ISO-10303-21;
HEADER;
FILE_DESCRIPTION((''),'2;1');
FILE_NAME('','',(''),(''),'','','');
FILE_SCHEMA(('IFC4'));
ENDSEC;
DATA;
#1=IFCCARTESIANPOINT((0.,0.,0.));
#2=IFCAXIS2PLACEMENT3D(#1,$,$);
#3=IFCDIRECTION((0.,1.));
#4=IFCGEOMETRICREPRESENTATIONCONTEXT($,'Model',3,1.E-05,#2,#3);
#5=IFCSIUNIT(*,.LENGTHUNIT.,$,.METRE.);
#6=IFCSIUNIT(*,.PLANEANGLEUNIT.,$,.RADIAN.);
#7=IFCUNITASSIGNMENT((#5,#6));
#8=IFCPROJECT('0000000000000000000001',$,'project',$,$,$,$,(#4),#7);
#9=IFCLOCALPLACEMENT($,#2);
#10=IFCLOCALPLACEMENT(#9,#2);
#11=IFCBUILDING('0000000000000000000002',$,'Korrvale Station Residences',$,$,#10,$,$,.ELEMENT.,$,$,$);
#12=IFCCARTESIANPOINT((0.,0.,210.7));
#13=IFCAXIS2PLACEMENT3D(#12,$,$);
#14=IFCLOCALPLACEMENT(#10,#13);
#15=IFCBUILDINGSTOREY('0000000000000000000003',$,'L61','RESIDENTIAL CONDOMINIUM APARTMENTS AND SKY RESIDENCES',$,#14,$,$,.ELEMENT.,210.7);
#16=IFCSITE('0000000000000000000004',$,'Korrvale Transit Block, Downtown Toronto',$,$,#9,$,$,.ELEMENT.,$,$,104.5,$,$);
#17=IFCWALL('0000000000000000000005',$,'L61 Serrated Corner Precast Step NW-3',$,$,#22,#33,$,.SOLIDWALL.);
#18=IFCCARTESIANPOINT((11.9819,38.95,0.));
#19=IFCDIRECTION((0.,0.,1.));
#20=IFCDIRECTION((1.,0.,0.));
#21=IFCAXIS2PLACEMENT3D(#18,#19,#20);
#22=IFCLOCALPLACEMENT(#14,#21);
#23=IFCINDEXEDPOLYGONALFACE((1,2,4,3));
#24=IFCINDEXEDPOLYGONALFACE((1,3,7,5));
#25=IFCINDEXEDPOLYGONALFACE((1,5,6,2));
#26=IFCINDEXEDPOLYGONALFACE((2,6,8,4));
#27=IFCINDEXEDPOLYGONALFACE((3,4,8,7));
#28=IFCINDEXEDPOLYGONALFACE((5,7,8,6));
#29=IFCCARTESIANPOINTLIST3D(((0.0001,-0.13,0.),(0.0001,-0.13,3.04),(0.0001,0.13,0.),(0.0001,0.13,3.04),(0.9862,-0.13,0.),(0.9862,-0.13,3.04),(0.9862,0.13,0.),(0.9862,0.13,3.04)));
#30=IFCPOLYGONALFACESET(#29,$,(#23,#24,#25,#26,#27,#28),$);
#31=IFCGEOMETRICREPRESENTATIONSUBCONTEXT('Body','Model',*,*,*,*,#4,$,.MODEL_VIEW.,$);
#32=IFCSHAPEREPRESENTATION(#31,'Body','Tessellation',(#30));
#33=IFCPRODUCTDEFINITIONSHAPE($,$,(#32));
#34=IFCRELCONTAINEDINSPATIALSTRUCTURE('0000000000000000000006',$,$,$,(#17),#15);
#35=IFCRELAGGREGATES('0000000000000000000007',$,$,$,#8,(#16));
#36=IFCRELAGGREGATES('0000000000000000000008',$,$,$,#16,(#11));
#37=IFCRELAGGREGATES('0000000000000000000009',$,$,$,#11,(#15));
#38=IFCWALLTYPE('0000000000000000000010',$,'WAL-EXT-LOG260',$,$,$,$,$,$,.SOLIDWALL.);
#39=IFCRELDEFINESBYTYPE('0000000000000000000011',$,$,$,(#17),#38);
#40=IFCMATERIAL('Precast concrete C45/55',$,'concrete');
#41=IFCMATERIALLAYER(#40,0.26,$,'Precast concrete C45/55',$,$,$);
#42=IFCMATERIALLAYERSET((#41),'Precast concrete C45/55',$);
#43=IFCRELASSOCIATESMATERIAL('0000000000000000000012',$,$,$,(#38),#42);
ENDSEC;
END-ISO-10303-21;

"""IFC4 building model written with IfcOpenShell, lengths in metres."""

from ifc_helpers import new_model, si_unit, direction, frame, frame_2d, origin, place, context, subcontext, project, spatial, rectangle, extrude, material, layer, layer_set, type_object, element, save


model = new_model("IFC4")

# Units and contexts
model_context = context("Model", 3, precision=1e-05, world=origin(), true_north=direction((0.0, 1.0)))
body_context = subcontext(model_context, "Body", "Model", "MODEL_VIEW")
ifc_project = project(units=[si_unit("LENGTHUNIT", "METRE"), si_unit("PLANEANGLEUNIT", "RADIAN")], contexts=[model_context])

# Site, building, storey
site_placement = place(None, origin())
site = spatial("IfcSite", under=ifc_project, at=site_placement, Name="Korrvale Transit Block, Downtown Toronto", CompositionType="ELEMENT", RefElevation=104.5)
building_placement = place(site_placement, origin())
building = spatial("IfcBuilding", under=site, at=building_placement, Name="Korrvale Station Residences", CompositionType="ELEMENT")
storey_placement = place(building_placement, frame((0.0, 0.0, 210.7)))
storey = spatial("IfcBuildingStorey", under=building, at=storey_placement, Name="L61", Description="RESIDENTIAL CONDOMINIUM APARTMENTS AND SKY RESIDENCES", CompositionType="ELEMENT", Elevation=210.7)

# Wall
ifc_material_1 = material(Name="Precast concrete C45/55", Category="concrete")
ifc_layer_1 = layer(ifc_material_1, 0.26, Name="Precast concrete C45/55")
ifc_layer_set_1 = layer_set([ifc_layer_1], Name="Precast concrete C45/55")
wall_type_1 = type_object("IfcWallType", Name="WAL-EXT-LOG260", PredefinedType="SOLIDWALL", material=ifc_layer_set_1)
wall_1_placement = place(storey_placement, frame((11.9819, 38.95, 0.0), z_axis=(0.0, 0.0, 1.0), x_axis=(1.0, 0.0, 0.0)))
element("IfcWall", 1, at=wall_1_placement, inside=storey, type_object=wall_type_1, Name="L61 Serrated Corner Precast Step NW-3", PredefinedType="SOLIDWALL", context=body_context, shape_type="SweptSolid", body=[
    extrude(rectangle(XDim=0.9861, YDim=0.26, at=frame_2d((0.4932, 0.0))), origin(), (0.0, 0.0, 1.0), 3.04),
])

save(model, "model.ifc")
